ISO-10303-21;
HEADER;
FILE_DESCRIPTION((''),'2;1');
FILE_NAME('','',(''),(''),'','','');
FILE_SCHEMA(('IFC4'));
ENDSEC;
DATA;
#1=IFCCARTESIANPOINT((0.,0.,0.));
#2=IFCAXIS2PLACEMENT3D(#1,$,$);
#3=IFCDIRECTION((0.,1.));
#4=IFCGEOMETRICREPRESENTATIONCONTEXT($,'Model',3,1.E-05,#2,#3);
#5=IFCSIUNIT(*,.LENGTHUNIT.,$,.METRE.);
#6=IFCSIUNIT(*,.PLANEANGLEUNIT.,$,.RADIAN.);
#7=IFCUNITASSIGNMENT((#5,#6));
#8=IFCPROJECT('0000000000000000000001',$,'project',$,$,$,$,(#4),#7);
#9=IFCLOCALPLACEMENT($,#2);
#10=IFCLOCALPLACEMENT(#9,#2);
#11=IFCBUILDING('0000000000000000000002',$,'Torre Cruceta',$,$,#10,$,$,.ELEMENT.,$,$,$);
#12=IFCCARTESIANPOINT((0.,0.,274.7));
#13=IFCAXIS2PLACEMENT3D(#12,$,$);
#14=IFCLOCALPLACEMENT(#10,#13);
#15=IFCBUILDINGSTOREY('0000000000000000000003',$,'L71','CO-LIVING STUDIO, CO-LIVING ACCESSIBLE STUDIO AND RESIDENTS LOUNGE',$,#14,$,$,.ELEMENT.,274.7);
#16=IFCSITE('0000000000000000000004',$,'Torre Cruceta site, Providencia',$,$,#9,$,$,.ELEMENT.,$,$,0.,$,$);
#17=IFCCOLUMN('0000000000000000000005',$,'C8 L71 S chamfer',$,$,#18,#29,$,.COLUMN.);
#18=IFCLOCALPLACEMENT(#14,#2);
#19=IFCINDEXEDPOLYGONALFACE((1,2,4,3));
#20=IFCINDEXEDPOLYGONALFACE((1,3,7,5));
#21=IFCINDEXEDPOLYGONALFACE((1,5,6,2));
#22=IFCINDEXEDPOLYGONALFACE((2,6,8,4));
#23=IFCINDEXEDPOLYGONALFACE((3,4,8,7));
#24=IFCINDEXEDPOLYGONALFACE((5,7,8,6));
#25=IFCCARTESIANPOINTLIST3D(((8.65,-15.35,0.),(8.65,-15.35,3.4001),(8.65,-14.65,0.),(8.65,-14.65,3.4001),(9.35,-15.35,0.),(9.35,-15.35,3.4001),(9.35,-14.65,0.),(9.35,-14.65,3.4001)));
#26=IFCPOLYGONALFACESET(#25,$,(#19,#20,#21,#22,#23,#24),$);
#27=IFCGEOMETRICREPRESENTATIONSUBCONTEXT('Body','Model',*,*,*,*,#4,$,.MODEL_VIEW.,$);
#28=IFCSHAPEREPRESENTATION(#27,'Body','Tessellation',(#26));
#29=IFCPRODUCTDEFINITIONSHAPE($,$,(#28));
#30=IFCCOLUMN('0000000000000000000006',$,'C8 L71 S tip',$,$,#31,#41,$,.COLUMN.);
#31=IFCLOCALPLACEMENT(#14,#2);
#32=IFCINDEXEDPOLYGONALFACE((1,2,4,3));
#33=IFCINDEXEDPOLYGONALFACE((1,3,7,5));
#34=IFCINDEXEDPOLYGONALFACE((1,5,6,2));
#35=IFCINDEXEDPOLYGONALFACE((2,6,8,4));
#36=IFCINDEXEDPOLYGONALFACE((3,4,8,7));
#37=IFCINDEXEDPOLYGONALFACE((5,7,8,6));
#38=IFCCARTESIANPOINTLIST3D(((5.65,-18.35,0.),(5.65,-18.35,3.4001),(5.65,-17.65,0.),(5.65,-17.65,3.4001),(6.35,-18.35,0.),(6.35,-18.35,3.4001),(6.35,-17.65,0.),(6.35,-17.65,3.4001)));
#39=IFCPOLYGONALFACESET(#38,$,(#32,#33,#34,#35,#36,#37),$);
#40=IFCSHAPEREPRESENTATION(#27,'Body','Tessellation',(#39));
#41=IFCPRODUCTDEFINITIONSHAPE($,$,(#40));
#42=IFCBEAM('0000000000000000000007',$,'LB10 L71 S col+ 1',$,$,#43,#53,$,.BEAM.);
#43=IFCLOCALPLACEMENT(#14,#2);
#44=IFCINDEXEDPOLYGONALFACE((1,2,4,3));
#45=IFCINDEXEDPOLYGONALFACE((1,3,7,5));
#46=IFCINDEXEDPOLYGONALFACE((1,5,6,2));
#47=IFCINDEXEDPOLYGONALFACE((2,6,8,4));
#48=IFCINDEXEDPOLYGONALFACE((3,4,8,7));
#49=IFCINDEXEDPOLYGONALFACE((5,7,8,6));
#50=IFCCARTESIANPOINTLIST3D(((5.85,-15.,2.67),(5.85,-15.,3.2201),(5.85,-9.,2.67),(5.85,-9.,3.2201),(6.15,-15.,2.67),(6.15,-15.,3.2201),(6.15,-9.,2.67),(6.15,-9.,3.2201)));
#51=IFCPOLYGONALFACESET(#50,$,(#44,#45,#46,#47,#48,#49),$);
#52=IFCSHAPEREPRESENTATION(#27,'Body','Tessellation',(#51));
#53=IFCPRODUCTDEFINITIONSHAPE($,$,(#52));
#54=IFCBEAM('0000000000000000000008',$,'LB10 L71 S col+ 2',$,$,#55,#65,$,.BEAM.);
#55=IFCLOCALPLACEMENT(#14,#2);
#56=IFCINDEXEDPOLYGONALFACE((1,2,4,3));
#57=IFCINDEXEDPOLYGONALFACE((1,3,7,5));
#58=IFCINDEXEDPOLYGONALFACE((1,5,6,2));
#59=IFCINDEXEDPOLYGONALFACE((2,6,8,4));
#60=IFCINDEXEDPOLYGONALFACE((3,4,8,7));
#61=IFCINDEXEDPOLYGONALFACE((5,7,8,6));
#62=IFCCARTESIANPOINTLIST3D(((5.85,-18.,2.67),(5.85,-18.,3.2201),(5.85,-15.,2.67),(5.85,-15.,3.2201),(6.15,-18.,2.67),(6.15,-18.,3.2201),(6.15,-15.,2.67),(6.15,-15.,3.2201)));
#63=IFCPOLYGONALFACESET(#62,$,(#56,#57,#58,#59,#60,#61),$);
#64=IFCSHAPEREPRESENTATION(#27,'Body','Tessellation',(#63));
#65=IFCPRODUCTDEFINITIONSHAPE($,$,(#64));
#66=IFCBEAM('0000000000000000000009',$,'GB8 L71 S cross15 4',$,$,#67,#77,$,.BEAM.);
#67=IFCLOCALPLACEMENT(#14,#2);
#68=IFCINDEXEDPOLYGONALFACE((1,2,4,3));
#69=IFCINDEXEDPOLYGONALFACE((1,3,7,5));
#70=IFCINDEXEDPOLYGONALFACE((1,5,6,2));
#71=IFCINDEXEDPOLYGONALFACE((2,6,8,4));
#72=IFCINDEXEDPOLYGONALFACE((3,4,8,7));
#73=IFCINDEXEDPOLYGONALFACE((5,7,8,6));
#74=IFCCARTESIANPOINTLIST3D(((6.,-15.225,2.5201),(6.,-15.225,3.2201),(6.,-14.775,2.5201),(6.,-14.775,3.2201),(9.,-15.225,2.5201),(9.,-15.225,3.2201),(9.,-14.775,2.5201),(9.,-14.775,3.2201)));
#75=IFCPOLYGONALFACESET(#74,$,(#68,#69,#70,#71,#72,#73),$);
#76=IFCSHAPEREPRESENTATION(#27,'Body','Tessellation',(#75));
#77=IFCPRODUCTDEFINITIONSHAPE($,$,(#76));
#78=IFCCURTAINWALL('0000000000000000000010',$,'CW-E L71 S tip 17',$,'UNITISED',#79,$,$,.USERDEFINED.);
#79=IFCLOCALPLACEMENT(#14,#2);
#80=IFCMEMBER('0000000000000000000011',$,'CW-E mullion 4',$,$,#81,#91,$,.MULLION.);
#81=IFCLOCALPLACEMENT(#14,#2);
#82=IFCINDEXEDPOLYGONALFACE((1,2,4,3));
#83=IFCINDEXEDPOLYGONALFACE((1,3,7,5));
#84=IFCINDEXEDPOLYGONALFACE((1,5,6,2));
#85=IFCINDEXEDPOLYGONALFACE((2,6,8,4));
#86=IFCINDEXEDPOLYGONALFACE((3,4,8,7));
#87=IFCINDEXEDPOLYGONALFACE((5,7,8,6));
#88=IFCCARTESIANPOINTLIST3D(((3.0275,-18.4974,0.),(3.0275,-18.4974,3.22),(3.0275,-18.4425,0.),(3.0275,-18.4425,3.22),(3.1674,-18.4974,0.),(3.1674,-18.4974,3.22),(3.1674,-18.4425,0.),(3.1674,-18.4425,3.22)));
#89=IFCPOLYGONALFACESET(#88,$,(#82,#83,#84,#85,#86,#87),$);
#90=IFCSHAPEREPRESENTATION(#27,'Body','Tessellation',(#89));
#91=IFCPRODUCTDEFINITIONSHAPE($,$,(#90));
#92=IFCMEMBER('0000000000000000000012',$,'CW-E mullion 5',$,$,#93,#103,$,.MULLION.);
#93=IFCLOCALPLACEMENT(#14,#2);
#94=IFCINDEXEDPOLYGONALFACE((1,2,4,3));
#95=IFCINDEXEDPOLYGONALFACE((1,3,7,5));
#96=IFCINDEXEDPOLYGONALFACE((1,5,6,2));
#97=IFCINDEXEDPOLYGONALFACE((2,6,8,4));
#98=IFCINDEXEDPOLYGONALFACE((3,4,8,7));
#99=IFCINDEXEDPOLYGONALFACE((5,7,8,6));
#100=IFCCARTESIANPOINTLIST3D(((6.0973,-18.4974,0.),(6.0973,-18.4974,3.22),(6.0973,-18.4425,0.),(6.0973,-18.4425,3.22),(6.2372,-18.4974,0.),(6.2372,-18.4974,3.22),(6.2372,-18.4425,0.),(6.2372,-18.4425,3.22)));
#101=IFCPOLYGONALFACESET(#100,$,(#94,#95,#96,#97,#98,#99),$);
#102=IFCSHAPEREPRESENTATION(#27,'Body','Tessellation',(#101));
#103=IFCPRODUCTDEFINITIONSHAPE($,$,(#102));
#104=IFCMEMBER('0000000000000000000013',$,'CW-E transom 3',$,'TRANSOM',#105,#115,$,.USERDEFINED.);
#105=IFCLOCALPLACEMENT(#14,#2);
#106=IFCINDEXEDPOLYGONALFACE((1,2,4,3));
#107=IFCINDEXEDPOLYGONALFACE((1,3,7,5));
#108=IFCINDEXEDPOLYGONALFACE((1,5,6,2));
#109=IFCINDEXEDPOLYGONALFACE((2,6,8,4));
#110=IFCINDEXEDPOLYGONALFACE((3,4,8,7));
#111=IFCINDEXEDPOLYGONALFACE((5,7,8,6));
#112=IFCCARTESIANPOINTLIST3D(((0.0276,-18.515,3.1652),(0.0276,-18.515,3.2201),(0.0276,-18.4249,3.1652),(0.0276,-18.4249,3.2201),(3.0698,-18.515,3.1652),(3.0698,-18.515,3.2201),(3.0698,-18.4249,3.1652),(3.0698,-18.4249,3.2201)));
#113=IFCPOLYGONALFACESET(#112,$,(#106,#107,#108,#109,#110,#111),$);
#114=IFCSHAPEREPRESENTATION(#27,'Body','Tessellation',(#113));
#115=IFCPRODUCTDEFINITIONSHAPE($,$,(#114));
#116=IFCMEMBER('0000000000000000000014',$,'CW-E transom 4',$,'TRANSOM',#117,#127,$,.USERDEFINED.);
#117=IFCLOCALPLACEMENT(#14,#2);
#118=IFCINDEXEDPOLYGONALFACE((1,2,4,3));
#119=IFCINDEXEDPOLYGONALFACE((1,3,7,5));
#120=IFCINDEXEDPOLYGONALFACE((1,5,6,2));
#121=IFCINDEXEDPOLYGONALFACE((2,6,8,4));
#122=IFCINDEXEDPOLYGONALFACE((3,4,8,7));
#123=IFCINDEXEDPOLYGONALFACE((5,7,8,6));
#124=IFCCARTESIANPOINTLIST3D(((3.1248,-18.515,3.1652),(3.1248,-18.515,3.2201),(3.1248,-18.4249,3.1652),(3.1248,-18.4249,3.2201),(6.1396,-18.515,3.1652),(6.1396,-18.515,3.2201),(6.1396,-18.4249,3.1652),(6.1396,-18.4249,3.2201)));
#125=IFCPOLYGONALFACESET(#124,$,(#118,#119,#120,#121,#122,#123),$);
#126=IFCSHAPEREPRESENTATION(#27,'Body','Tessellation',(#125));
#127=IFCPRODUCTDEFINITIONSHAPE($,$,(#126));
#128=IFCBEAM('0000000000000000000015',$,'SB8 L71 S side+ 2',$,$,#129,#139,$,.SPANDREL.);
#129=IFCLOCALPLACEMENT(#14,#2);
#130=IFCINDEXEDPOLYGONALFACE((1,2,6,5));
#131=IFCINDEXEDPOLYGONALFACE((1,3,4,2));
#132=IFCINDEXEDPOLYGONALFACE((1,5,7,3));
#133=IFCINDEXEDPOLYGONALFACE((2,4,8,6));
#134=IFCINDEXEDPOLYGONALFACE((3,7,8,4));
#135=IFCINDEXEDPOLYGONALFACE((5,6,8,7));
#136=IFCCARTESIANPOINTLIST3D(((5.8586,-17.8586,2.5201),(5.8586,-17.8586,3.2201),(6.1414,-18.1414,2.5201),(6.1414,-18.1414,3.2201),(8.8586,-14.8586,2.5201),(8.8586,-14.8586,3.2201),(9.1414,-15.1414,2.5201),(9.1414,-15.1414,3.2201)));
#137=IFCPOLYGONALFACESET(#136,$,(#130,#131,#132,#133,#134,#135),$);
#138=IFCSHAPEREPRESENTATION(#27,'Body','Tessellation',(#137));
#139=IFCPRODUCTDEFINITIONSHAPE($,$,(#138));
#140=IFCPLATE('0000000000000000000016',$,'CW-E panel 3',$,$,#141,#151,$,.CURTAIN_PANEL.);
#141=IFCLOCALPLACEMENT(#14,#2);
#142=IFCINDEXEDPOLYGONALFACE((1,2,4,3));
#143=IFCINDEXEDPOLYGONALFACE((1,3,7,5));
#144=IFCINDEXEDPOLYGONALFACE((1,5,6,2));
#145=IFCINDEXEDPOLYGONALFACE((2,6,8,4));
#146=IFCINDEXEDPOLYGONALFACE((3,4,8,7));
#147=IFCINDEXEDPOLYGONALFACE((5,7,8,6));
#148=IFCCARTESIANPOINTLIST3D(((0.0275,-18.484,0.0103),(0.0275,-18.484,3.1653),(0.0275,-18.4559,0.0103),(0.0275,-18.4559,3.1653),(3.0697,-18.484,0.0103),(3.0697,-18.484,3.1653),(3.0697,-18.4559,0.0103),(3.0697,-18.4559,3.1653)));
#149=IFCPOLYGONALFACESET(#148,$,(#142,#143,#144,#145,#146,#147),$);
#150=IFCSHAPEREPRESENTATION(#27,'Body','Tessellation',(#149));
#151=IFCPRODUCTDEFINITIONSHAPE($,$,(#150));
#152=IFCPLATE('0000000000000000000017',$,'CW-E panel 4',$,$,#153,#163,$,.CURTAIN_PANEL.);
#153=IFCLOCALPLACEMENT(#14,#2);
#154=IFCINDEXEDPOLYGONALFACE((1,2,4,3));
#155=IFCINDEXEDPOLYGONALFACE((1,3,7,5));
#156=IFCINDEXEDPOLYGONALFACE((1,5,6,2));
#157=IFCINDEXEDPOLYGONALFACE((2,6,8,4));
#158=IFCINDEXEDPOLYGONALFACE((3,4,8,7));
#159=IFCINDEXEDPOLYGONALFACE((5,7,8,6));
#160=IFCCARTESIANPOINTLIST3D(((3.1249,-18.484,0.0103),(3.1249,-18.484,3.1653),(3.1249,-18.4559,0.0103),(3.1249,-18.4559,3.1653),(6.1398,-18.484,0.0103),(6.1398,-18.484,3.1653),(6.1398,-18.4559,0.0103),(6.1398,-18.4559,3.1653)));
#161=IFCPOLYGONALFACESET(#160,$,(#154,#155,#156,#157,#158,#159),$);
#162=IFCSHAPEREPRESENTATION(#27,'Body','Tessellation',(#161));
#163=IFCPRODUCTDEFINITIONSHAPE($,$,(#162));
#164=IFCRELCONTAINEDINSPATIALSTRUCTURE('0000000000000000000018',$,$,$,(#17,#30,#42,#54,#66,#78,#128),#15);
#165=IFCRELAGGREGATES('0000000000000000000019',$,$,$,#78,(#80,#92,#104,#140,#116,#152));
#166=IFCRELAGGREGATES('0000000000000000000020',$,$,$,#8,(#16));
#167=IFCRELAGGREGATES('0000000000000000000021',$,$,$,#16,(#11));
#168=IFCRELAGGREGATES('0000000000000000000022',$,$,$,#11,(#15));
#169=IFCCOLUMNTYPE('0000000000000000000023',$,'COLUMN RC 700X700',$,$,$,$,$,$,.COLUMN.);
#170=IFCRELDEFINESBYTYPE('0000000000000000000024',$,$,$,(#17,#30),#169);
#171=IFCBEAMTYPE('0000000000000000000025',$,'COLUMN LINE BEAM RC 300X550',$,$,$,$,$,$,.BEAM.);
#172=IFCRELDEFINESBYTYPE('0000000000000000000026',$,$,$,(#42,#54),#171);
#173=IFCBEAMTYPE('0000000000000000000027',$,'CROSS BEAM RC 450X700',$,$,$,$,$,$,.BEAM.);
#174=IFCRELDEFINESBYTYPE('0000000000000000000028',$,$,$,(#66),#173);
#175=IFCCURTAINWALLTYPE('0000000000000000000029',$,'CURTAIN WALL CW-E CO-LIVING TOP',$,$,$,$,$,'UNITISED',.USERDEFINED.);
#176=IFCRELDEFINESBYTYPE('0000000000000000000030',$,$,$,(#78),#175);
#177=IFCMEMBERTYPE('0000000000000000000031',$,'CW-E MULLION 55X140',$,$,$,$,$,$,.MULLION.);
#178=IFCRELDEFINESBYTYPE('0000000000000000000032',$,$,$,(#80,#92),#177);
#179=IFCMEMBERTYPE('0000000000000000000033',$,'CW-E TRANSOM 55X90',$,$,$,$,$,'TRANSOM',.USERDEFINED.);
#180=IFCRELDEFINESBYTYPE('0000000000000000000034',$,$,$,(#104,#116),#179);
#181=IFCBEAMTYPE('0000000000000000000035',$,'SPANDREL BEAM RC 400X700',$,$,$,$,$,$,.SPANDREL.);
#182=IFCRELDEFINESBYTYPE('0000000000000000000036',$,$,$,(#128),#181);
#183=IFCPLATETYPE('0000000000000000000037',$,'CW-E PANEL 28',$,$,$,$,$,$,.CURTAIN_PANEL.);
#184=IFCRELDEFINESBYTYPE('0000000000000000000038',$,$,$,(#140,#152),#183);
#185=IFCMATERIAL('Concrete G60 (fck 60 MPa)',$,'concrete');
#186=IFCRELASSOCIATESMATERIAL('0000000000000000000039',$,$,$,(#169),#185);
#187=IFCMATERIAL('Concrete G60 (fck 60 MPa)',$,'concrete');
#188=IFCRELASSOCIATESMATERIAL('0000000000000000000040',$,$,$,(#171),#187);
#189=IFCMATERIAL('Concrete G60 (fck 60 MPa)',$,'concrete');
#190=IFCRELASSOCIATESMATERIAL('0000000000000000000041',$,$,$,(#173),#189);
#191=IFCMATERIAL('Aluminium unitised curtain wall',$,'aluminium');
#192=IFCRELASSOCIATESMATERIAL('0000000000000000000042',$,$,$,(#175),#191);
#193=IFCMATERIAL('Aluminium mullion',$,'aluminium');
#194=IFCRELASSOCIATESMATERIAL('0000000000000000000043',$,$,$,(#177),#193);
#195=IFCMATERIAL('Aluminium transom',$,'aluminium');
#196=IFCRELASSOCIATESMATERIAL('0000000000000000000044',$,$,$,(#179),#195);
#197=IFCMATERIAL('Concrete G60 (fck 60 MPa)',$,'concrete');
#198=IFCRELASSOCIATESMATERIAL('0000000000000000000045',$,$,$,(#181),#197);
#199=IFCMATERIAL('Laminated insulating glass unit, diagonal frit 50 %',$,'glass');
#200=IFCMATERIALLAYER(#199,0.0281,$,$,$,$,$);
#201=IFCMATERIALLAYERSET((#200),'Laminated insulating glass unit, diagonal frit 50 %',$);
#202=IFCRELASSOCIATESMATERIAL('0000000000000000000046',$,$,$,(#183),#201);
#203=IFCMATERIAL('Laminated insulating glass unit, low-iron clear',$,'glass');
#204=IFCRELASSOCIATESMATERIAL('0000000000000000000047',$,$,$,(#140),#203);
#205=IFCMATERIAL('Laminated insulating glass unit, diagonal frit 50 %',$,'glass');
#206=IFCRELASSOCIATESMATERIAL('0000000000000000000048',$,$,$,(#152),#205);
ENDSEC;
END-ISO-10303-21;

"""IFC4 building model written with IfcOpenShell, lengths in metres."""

from ifc_helpers import new_model, si_unit, direction, frame, origin, origin_2d, place, context, subcontext, project, spatial, rectangle, extrude, material, layer, layer_set, material_profile, profile_set, type_object, element, aggregate, save


model = new_model("IFC4")

# Units and contexts
model_context = context("Model", 3, precision=1e-05, world=origin(), true_north=direction((0.0, 1.0)))
body_context = subcontext(model_context, "Body", "Model", "MODEL_VIEW")
ifc_project = project(units=[si_unit("LENGTHUNIT", "METRE"), si_unit("PLANEANGLEUNIT", "RADIAN")], contexts=[model_context])

# Site, building, storey
site_placement = place(None, origin())
site = spatial("IfcSite", under=ifc_project, at=site_placement, Name="Torre Cruceta site, Providencia", CompositionType="ELEMENT", RefElevation=0.0)
building_placement = place(site_placement, origin())
building = spatial("IfcBuilding", under=site, at=building_placement, Name="Torre Cruceta", CompositionType="ELEMENT")
storey_placement = place(building_placement, frame((0.0, 0.0, 274.7)))
storey = spatial("IfcBuildingStorey", under=building, at=storey_placement, Name="L71", Description="CO-LIVING STUDIO, CO-LIVING ACCESSIBLE STUDIO AND RESIDENTS LOUNGE", CompositionType="ELEMENT", Elevation=274.7)

# Columns
ifc_material_1 = material(Name="Concrete G60 (fck 60 MPa)", Category="concrete")
ifc_material_profile_1 = material_profile(ifc_material_1, rectangle(XDim=0.7, YDim=0.7, at=origin_2d()), Name="RC 700X700")
ifc_profile_set_1 = profile_set([ifc_material_profile_1], Name="Concrete G60 (fck 60 MPa)")
column_type = type_object("IfcColumnType", Name="COLUMN RC 700X700", PredefinedType="COLUMN", material=ifc_profile_set_1)
for number, where, z_axis, x_axis, name in (
    (1, (9.0, -15.0, 0.0), (0.0, 0.0, 1.0), (1.0, 0.0, 0.0), "C8 L71 S chamfer"),
    (2, (6.0, -18.0, 0.0), (0.0, 0.0, 1.0), (1.0, 0.0, 0.0), "C8 L71 S tip"),
):
    element("IfcColumn", number, at=place(storey_placement, frame(where, z_axis=z_axis, x_axis=x_axis)), inside=storey, type_object=column_type, Name=name, PredefinedType="COLUMN", context=body_context, shape_type="SweptSolid", body=[
        extrude(rectangle(XDim=0.7, YDim=0.7, at=origin_2d()), origin(), (0.0, 0.0, 1.0), 3.4001),
    ])

# Beams
ifc_material_2 = material(Name="Concrete G60 (fck 60 MPa)", Category="concrete")
ifc_material_profile_2 = material_profile(ifc_material_2, rectangle(XDim=0.3, YDim=0.55, at=origin_2d()), Name="RC 300X550")
ifc_profile_set_2 = profile_set([ifc_material_profile_2], Name="Concrete G60 (fck 60 MPa)")
beam_type_1 = type_object("IfcBeamType", Name="COLUMN LINE BEAM RC 300X550", PredefinedType="BEAM", material=ifc_profile_set_2)
beam_1_placement = place(storey_placement, frame((6.0, -9.0, 2.9451), z_axis=(0.0, -1.0, 0.0), x_axis=(1.0, 0.0, 0.0)))
element("IfcBeam", 3, at=beam_1_placement, inside=storey, type_object=beam_type_1, Name="LB10 L71 S col+ 1", PredefinedType="BEAM", context=body_context, shape_type="SweptSolid", body=[
    extrude(rectangle(XDim=0.3, YDim=0.55, at=origin_2d()), origin(), (0.0, 0.0, 1.0), 6.0),
])
beam_2_placement = place(storey_placement, frame((6.0, -15.0, 2.9451), z_axis=(0.0, -1.0, 0.0), x_axis=(1.0, 0.0, 0.0)))
element("IfcBeam", 4, at=beam_2_placement, inside=storey, type_object=beam_type_1, Name="LB10 L71 S col+ 2", PredefinedType="BEAM", context=body_context, shape_type="SweptSolid", body=[
    extrude(rectangle(XDim=0.3, YDim=0.55, at=origin_2d()), origin(), (0.0, 0.0, 1.0), 3.0),
])
ifc_material_3 = material(Name="Concrete G60 (fck 60 MPa)", Category="concrete")
ifc_material_profile_3 = material_profile(ifc_material_3, rectangle(XDim=0.45, YDim=0.7, at=origin_2d()), Name="RC 450X700")
ifc_profile_set_3 = profile_set([ifc_material_profile_3], Name="Concrete G60 (fck 60 MPa)")
beam_type_2 = type_object("IfcBeamType", Name="CROSS BEAM RC 450X700", PredefinedType="BEAM", material=ifc_profile_set_3)
beam_3_placement = place(storey_placement, frame((6.0, -15.0, 2.8701), z_axis=(1.0, 0.0, 0.0), x_axis=(0.0, 1.0, 0.0)))
element("IfcBeam", 5, at=beam_3_placement, inside=storey, type_object=beam_type_2, Name="GB8 L71 S cross15 4", PredefinedType="BEAM", context=body_context, shape_type="SweptSolid", body=[
    extrude(rectangle(XDim=0.45, YDim=0.7, at=origin_2d()), origin(), (0.0, 0.0, 1.0), 3.0),
])

# Curtain wall, members
ifc_material_4 = material(Name="Aluminium unitised curtain wall", Category="aluminium")
curtain_wall_type = type_object("IfcCurtainWallType", Name="CURTAIN WALL CW-E CO-LIVING TOP", ElementType="UNITISED", PredefinedType="USERDEFINED", material=ifc_material_4)
curtain_wall_placement = place(storey_placement, origin())
curtain_wall = element("IfcCurtainWall", 6, at=curtain_wall_placement, inside=storey, type_object=curtain_wall_type, Name="CW-E L71 S tip 17", ObjectType="UNITISED", PredefinedType="USERDEFINED")
ifc_material_5 = material(Name="Aluminium mullion", Category="aluminium")
ifc_material_profile_4 = material_profile(ifc_material_5, rectangle(XDim=0.0549, YDim=0.1399, at=origin_2d()), Name="AL 55X140")
ifc_profile_set_4 = profile_set([ifc_material_profile_4], Name="Aluminium mullion")
member_type_1 = type_object("IfcMemberType", Name="CW-E MULLION 55X140", PredefinedType="MULLION", material=ifc_profile_set_4)
member_1_placement = place(storey_placement, frame((3.0974, -18.47, 0.0), z_axis=(0.0, 0.0, 1.0), x_axis=(0.0, 1.0, 0.0)))
member_1 = element("IfcMember", 7, at=member_1_placement, type_object=member_type_1, Name="CW-E mullion 4", PredefinedType="MULLION", context=body_context, shape_type="SweptSolid", body=[
    extrude(rectangle(XDim=0.0549, YDim=0.1399, at=origin_2d()), origin(), (0.0, 0.0, 1.0), 3.22),
])
member_2_placement = place(storey_placement, frame((6.1672, -18.47, 0.0), z_axis=(0.0, 0.0, 1.0), x_axis=(0.0, 1.0, 0.0)))
member_2 = element("IfcMember", 8, at=member_2_placement, type_object=member_type_1, Name="CW-E mullion 5", PredefinedType="MULLION", context=body_context, shape_type="SweptSolid", body=[
    extrude(rectangle(XDim=0.0549, YDim=0.1399, at=origin_2d()), origin(), (0.0, 0.0, 1.0), 3.22),
])
ifc_material_6 = material(Name="Aluminium transom", Category="aluminium")
ifc_material_profile_5 = material_profile(ifc_material_6, rectangle(XDim=0.0901, YDim=0.0549, at=origin_2d()), Name="AL 90X55")
ifc_profile_set_5 = profile_set([ifc_material_profile_5], Name="Aluminium transom")
member_type_2 = type_object("IfcMemberType", Name="CW-E TRANSOM 55X90", ElementType="TRANSOM", PredefinedType="USERDEFINED", material=ifc_profile_set_5)
member_3_placement = place(storey_placement, frame((0.0276, -18.47, 3.1926), z_axis=(1.0, 0.0, 0.0), x_axis=(0.0, 1.0, 0.0)))
member_3 = element("IfcMember", 9, at=member_3_placement, type_object=member_type_2, Name="CW-E transom 3", ObjectType="TRANSOM", PredefinedType="USERDEFINED", context=body_context, shape_type="SweptSolid", body=[
    extrude(rectangle(XDim=0.0901, YDim=0.0549, at=origin_2d()), origin(), (0.0, 0.0, 1.0), 3.0422),
])
member_4_placement = place(storey_placement, frame((3.1248, -18.47, 3.1926), z_axis=(1.0, 0.0, 0.0), x_axis=(0.0, 1.0, 0.0)))
member_4 = element("IfcMember", 10, at=member_4_placement, type_object=member_type_2, Name="CW-E transom 4", ObjectType="TRANSOM", PredefinedType="USERDEFINED", context=body_context, shape_type="SweptSolid", body=[
    extrude(rectangle(XDim=0.0901, YDim=0.0549, at=origin_2d()), origin(), (0.0, 0.0, 1.0), 3.0149),
])

# Beam
ifc_material_7 = material(Name="Concrete G60 (fck 60 MPa)", Category="concrete")
ifc_material_profile_6 = material_profile(ifc_material_7, rectangle(XDim=0.3999, YDim=0.7, at=origin_2d()), Name="RC 400X700")
ifc_profile_set_6 = profile_set([ifc_material_profile_6], Name="Concrete G60 (fck 60 MPa)")
beam_type_3 = type_object("IfcBeamType", Name="SPANDREL BEAM RC 400X700", PredefinedType="SPANDREL", material=ifc_profile_set_6)
beam_4_placement = place(storey_placement, frame((9.0, -15.0, 2.8701), z_axis=(-0.707107, -0.707107, 0.0), x_axis=(0.707107, -0.707107, 0.0)))
element("IfcBeam", 11, at=beam_4_placement, inside=storey, type_object=beam_type_3, Name="SB8 L71 S side+ 2", PredefinedType="SPANDREL", context=body_context, shape_type="SweptSolid", body=[
    extrude(rectangle(XDim=0.3999, YDim=0.7, at=origin_2d()), origin(), (0.0, 0.0, 1.0), 4.2427),
])

# Plates
ifc_material_8 = material(Name="Laminated insulating glass unit, low-iron clear", Category="glass")
ifc_material_9 = material(Name="Laminated insulating glass unit, diagonal frit 50 %", Category="glass")
ifc_layer_1 = layer(ifc_material_9, 0.0281)
ifc_layer_set_1 = layer_set([ifc_layer_1], Name="Laminated insulating glass unit, diagonal frit 50 %")
plate_type = type_object("IfcPlateType", Name="CW-E PANEL 28", PredefinedType="CURTAIN_PANEL", material=ifc_layer_set_1)
plate_1_placement = place(storey_placement, frame((1.5486, -18.47, 0.0103), z_axis=(0.0, 0.0, 1.0), x_axis=(1.0, 0.0, 0.0)))
plate_1 = element("IfcPlate", 12, at=plate_1_placement, type_object=plate_type, material=ifc_material_8, Name="CW-E panel 3", PredefinedType="CURTAIN_PANEL", context=body_context, shape_type="SweptSolid", body=[
    extrude(rectangle(XDim=3.0422, YDim=0.0281, at=origin_2d()), origin(), (0.0, 0.0, 1.0), 3.155),
])
ifc_material_10 = material(Name="Laminated insulating glass unit, diagonal frit 50 %", Category="glass")
plate_2_placement = place(storey_placement, frame((4.6323, -18.47, 0.0103), z_axis=(0.0, 0.0, 1.0), x_axis=(1.0, 0.0, 0.0)))
plate_2 = element("IfcPlate", 13, at=plate_2_placement, type_object=plate_type, material=ifc_material_10, Name="CW-E panel 4", PredefinedType="CURTAIN_PANEL", context=body_context, shape_type="SweptSolid", body=[
    extrude(rectangle(XDim=3.0149, YDim=0.0281, at=origin_2d()), origin(), (0.0, 0.0, 1.0), 3.155),
])
aggregate(curtain_wall, [member_1, member_2, member_3, plate_1, member_4, plate_2])

save(model, "model.ifc")
